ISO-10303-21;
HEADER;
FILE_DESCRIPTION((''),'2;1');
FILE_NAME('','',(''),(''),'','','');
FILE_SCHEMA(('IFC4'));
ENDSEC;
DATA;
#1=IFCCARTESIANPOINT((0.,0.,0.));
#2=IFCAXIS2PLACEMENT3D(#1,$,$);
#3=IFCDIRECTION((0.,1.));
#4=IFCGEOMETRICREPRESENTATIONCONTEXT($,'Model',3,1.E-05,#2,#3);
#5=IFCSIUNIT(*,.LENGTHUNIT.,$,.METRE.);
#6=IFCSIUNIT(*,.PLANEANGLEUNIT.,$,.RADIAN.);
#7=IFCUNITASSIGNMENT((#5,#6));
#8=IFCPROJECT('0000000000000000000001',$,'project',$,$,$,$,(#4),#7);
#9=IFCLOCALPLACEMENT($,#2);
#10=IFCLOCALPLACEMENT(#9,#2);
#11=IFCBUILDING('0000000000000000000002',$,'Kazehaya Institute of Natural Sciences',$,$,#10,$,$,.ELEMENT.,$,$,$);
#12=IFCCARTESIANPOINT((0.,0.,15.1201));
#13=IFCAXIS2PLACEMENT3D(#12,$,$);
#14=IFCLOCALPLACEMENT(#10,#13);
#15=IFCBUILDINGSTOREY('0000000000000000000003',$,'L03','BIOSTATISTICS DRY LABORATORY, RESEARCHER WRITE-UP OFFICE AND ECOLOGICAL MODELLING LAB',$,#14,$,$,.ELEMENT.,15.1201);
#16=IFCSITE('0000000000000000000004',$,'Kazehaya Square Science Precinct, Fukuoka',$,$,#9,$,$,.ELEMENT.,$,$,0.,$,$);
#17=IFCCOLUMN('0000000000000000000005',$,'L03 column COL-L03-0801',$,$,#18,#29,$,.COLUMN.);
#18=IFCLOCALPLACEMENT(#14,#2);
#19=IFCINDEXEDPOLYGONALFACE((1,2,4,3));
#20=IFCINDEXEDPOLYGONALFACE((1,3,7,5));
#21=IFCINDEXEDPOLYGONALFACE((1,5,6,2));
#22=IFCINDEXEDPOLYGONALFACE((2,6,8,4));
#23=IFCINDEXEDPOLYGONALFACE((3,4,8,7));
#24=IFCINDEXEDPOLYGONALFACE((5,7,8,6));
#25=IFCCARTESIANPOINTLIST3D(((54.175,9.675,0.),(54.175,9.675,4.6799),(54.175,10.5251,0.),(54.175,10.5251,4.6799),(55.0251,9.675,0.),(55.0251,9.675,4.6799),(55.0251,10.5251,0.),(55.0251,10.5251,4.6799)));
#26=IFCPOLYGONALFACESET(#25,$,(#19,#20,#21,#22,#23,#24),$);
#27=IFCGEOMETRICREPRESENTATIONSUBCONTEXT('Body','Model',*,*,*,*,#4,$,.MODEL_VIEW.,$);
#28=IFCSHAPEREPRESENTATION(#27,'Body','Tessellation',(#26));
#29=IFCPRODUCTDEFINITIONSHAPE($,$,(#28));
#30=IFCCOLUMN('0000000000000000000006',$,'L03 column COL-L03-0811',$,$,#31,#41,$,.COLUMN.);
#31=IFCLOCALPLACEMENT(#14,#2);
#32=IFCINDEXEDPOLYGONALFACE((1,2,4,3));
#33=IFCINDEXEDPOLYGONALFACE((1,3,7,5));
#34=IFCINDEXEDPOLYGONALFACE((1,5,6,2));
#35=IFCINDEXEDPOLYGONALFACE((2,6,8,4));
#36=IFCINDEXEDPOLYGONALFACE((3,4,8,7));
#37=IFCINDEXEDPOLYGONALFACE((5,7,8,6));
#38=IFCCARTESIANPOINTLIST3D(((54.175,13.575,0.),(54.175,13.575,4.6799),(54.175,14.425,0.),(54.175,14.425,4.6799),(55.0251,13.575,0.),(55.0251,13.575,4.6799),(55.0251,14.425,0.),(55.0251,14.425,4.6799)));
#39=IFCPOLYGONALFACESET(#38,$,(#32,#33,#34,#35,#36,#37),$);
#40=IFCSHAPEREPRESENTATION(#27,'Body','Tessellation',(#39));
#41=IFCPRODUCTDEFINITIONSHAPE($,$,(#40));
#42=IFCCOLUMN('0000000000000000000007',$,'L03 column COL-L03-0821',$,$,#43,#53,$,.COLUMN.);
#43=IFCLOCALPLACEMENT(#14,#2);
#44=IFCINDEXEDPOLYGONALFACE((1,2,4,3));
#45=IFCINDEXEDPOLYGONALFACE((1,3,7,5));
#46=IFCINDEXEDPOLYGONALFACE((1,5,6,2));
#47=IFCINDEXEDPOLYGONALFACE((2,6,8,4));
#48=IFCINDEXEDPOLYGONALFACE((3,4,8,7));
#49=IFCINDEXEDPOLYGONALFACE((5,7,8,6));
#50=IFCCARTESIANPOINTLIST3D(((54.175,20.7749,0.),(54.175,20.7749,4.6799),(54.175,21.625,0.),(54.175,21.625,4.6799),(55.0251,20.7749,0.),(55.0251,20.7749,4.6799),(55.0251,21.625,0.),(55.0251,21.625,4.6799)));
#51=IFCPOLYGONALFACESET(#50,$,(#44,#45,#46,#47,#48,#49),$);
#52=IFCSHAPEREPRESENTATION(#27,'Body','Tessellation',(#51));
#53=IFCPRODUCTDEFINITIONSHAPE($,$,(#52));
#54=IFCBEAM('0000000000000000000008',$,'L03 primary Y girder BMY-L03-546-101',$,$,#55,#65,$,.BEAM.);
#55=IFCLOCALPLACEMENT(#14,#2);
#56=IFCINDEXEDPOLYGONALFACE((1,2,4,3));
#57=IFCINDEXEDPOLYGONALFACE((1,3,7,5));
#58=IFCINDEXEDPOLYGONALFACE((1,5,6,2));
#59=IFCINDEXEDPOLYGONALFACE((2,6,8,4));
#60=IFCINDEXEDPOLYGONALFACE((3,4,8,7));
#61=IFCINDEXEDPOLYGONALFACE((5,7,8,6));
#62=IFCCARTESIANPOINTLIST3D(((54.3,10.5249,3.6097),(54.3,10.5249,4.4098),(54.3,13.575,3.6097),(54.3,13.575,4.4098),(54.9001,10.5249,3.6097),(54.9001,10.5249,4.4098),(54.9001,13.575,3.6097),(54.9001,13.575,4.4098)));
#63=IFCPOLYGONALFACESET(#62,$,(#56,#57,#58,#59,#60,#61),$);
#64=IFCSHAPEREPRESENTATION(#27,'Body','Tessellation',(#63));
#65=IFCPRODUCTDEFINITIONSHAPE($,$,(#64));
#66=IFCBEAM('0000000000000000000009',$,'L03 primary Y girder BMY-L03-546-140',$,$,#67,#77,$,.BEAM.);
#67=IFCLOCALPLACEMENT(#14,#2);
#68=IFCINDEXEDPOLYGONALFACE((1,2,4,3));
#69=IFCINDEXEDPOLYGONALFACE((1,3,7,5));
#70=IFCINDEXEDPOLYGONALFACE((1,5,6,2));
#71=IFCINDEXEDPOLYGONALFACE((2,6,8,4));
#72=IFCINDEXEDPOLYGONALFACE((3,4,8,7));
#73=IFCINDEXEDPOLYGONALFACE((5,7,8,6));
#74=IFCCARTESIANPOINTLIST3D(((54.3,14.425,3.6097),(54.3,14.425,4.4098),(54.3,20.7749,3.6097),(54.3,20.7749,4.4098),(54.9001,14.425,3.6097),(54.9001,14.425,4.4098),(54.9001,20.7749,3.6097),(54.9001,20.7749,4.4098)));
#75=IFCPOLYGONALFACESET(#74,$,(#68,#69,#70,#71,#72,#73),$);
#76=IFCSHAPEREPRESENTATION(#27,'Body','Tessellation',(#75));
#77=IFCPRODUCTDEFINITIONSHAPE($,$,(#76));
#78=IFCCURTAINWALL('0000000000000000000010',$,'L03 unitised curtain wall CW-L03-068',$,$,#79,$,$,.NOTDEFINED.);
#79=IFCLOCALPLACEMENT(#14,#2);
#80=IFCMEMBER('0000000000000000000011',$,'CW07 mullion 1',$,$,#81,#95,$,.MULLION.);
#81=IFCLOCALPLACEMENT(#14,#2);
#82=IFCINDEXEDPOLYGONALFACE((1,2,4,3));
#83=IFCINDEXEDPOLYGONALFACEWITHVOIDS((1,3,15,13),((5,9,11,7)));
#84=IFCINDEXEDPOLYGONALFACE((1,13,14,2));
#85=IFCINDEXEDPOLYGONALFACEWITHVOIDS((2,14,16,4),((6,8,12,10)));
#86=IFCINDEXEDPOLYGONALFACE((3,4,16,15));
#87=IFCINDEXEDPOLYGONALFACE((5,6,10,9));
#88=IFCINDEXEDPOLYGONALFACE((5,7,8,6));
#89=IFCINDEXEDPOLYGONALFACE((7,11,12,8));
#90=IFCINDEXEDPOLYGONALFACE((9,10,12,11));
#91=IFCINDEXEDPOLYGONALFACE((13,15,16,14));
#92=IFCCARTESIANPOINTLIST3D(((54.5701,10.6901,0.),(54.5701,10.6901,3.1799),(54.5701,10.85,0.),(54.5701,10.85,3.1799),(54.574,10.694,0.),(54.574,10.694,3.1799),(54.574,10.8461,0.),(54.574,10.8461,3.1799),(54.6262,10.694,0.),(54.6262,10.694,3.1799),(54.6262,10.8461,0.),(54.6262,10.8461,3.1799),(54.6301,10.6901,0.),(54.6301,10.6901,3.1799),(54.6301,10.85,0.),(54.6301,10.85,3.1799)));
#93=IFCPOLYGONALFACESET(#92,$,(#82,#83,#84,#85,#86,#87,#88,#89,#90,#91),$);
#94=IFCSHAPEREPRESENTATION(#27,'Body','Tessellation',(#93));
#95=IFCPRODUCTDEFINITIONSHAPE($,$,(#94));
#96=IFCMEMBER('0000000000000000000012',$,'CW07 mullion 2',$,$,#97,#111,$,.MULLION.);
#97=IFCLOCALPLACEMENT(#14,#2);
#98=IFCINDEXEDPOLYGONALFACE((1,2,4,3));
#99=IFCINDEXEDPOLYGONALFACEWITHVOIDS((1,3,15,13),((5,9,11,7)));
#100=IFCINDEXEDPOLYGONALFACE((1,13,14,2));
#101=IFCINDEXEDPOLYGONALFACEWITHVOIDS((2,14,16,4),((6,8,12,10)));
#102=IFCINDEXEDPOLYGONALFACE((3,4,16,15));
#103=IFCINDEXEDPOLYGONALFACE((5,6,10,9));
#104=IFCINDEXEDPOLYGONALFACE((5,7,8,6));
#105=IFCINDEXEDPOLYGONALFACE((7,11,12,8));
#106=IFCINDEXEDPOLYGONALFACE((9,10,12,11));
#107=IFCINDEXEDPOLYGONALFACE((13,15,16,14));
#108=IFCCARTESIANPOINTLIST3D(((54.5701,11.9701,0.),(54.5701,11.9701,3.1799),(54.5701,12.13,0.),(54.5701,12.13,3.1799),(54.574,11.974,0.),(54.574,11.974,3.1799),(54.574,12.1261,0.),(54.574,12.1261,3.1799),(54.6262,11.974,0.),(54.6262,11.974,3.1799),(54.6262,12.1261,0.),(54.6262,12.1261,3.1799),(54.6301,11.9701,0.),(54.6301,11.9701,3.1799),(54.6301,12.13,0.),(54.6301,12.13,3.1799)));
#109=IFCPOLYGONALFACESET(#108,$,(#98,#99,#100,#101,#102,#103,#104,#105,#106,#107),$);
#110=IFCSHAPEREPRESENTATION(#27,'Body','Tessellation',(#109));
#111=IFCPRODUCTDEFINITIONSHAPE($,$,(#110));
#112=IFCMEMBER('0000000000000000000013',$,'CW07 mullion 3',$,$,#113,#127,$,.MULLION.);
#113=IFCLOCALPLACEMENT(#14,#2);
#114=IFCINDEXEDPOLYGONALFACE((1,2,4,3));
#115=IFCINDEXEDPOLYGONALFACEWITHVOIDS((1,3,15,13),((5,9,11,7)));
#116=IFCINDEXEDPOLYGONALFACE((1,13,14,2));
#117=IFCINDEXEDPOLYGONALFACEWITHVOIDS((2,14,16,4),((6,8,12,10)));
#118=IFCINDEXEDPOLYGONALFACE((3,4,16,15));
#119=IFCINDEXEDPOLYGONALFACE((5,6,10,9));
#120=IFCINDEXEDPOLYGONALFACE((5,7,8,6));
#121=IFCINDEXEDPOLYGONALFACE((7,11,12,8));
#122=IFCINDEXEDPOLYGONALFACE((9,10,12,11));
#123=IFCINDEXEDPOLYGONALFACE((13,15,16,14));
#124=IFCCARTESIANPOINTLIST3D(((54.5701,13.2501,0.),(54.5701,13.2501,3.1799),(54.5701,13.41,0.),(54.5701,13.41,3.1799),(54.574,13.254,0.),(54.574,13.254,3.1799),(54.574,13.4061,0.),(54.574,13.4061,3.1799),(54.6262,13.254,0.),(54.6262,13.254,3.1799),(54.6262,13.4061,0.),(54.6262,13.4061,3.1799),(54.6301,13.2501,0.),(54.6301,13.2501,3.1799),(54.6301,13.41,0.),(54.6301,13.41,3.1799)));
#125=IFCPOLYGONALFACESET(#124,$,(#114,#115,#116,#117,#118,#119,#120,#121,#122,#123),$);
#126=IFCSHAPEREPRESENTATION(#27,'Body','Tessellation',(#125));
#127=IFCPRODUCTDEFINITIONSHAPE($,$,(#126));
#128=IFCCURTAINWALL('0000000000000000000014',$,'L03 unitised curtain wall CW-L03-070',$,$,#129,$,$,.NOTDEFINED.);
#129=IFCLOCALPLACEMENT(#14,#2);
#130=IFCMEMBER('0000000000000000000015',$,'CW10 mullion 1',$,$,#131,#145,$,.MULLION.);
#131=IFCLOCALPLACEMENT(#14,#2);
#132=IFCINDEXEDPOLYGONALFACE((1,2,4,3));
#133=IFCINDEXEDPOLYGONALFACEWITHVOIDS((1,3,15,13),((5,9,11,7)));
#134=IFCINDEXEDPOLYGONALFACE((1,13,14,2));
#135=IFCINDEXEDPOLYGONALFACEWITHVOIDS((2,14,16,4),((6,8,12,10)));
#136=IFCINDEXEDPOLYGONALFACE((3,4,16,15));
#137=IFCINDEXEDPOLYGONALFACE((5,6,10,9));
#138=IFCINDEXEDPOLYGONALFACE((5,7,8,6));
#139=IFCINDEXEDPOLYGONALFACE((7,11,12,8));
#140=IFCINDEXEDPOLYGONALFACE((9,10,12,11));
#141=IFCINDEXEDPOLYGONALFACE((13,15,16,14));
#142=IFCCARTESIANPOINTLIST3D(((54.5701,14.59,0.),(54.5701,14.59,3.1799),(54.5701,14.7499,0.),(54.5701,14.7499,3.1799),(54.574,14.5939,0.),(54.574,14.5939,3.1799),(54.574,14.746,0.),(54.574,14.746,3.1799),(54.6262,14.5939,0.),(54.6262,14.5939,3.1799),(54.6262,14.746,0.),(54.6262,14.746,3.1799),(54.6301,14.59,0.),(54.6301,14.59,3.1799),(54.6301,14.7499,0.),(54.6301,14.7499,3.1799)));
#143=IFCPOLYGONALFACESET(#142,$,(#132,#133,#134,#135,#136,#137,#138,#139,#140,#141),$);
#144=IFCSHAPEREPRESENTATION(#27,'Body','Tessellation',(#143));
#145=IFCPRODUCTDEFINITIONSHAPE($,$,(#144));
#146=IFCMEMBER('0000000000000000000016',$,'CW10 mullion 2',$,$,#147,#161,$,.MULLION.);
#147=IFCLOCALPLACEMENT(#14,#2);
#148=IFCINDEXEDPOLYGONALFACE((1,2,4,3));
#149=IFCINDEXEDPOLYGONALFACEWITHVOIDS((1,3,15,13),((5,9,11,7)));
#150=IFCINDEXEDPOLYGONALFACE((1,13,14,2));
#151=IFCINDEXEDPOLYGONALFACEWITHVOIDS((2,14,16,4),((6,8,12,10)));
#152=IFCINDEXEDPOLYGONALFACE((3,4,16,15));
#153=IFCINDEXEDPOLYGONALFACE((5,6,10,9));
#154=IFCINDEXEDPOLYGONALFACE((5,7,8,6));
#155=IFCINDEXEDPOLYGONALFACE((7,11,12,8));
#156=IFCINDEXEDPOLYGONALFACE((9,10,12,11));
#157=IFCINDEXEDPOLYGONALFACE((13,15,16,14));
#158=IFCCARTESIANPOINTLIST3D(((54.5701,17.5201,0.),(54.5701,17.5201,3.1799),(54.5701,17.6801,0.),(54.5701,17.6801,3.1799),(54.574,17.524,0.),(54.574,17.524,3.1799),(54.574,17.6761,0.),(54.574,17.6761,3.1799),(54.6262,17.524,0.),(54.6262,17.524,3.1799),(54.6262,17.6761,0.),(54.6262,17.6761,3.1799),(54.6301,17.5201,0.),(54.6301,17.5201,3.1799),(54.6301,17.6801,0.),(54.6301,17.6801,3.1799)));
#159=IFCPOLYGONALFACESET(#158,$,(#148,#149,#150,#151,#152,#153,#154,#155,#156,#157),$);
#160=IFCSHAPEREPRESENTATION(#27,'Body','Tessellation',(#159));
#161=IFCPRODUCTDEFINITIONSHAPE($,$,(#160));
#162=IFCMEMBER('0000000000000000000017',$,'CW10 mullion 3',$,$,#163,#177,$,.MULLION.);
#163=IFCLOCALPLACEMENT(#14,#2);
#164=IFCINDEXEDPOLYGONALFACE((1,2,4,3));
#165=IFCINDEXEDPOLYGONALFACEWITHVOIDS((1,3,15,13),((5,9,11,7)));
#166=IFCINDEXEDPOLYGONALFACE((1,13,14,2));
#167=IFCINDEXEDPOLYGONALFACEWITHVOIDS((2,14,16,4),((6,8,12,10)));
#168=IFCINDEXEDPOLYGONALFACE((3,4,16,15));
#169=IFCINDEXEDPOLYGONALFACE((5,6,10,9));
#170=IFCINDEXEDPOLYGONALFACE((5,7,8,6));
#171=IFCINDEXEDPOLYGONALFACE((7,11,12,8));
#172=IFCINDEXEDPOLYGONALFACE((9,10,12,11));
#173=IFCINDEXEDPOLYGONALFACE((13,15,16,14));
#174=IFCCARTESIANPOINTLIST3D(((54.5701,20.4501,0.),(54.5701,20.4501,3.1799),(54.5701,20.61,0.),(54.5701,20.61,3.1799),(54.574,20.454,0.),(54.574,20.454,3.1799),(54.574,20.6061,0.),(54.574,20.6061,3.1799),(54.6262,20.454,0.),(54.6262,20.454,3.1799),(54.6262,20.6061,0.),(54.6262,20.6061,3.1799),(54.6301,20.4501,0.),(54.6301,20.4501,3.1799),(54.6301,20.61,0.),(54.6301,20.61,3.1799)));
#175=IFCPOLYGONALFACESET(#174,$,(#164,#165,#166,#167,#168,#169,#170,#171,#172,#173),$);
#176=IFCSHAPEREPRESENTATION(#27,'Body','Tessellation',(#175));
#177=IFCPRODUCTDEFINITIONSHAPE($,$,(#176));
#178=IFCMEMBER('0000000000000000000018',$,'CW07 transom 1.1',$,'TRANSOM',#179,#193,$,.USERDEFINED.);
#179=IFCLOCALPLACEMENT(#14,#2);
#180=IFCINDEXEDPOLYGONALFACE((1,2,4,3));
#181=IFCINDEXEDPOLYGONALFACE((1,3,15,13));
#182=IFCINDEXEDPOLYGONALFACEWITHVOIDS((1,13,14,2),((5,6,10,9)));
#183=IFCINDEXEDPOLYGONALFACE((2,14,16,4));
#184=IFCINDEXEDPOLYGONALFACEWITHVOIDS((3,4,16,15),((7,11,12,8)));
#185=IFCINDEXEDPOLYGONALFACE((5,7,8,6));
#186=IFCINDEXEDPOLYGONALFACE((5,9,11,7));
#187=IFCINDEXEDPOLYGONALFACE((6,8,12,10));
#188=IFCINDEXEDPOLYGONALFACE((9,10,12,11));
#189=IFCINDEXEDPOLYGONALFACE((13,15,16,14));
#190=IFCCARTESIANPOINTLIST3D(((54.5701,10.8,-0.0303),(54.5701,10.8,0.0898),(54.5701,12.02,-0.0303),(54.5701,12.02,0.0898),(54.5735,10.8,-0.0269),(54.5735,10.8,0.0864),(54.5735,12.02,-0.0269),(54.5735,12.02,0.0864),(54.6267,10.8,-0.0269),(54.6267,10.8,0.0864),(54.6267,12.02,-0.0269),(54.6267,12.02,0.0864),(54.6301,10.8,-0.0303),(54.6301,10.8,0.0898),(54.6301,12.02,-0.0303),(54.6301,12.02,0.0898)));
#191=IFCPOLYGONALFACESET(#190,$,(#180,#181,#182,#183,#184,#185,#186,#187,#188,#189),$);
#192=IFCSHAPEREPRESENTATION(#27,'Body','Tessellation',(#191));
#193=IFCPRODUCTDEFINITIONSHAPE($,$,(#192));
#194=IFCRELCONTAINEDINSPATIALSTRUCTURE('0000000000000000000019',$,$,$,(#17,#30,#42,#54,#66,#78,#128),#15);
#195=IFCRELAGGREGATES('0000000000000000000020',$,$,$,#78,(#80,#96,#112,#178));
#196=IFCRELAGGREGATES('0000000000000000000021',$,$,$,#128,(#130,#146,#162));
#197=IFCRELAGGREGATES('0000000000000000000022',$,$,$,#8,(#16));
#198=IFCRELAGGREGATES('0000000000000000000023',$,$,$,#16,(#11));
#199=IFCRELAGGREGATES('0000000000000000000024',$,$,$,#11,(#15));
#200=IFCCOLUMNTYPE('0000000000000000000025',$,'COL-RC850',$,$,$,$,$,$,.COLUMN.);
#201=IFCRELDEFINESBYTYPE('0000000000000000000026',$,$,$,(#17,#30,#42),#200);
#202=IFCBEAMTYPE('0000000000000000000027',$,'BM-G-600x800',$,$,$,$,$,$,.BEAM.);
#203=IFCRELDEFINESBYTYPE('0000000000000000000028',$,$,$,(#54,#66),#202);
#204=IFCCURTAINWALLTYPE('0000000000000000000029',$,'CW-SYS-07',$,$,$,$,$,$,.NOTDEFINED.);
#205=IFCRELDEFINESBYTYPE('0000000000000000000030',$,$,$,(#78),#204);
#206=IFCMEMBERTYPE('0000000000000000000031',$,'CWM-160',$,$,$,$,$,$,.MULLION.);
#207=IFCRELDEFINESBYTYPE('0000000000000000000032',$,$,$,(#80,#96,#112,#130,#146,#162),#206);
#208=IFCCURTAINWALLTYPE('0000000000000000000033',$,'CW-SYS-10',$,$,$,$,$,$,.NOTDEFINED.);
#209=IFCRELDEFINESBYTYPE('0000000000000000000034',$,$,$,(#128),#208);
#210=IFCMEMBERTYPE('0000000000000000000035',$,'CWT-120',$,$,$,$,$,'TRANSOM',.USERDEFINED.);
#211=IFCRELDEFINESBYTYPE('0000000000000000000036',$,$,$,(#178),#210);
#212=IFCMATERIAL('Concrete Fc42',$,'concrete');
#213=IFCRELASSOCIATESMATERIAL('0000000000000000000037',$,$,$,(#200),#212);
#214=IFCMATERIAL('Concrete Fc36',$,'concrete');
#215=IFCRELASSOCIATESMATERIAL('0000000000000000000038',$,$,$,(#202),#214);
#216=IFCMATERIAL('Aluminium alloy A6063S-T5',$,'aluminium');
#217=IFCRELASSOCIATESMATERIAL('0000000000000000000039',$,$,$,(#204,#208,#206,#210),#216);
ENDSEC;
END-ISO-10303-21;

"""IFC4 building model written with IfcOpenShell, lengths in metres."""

from ifc_helpers import new_model, si_unit, direction, frame, origin, origin_2d, place, context, subcontext, project, spatial, rectangle, hollow_rectangle, extrude, material, material_profile, profile_set, type_object, element, aggregate, save


model = new_model("IFC4")

# Units and contexts
model_context = context("Model", 3, precision=1e-05, world=origin(), true_north=direction((0.0, 1.0)))
body_context = subcontext(model_context, "Body", "Model", "MODEL_VIEW")
ifc_project = project(units=[si_unit("LENGTHUNIT", "METRE"), si_unit("PLANEANGLEUNIT", "RADIAN")], contexts=[model_context])

# Site, building, storey
site_placement = place(None, origin())
site = spatial("IfcSite", under=ifc_project, at=site_placement, Name="Kazehaya Square Science Precinct, Fukuoka", CompositionType="ELEMENT", RefElevation=0.0)
building_placement = place(site_placement, origin())
building = spatial("IfcBuilding", under=site, at=building_placement, Name="Kazehaya Institute of Natural Sciences", CompositionType="ELEMENT")
storey_placement = place(building_placement, frame((0.0, 0.0, 15.1201)))
storey = spatial("IfcBuildingStorey", under=building, at=storey_placement, Name="L03", Description="BIOSTATISTICS DRY LABORATORY, RESEARCHER WRITE-UP OFFICE AND ECOLOGICAL MODELLING LAB", CompositionType="ELEMENT", Elevation=15.1201)

# Columns
ifc_material_1 = material(Name="Concrete Fc42", Category="concrete")
ifc_material_profile_1 = material_profile(ifc_material_1, rectangle(XDim=0.8501, YDim=0.8501, at=origin_2d()), Name="RC-850x850")
ifc_profile_set_1 = profile_set([ifc_material_profile_1], Name="Concrete Fc42")
column_type = type_object("IfcColumnType", Name="COL-RC850", PredefinedType="COLUMN", material=ifc_profile_set_1)
for number, where, z_axis, x_axis, name in (
    (1, (54.6001, 10.1001, 0.0), (0.0, 0.0, 1.0), (1.0, 0.0, 0.0), "L03 column COL-L03-0801"),
    (2, (54.6001, 14.0, 0.0), (0.0, 0.0, 1.0), (1.0, 0.0, 0.0), "L03 column COL-L03-0811"),
    (3, (54.6001, 21.2, 0.0), (0.0, 0.0, 1.0), (1.0, 0.0, 0.0), "L03 column COL-L03-0821"),
):
    element("IfcColumn", number, at=place(storey_placement, frame(where, z_axis=z_axis, x_axis=x_axis)), inside=storey, type_object=column_type, Name=name, PredefinedType="COLUMN", context=body_context, shape_type="SweptSolid", body=[
        extrude(rectangle(XDim=0.8501, YDim=0.8501, at=origin_2d()), origin(), (0.0, 0.0, 1.0), 4.6799),
    ])

# Beams
ifc_material_2 = material(Name="Concrete Fc36", Category="concrete")
ifc_material_profile_2 = material_profile(ifc_material_2, rectangle(XDim=0.6001, YDim=0.8, at=origin_2d()), Name="RC-600x800")
ifc_profile_set_2 = profile_set([ifc_material_profile_2], Name="Concrete Fc36")
beam_type = type_object("IfcBeamType", Name="BM-G-600x800", PredefinedType="BEAM", material=ifc_profile_set_2)
beam_1_placement = place(storey_placement, frame((54.6001, 10.5249, 4.0098), z_axis=(0.0, 1.0, 0.0), x_axis=(-1.0, 0.0, 0.0)))
element("IfcBeam", 4, at=beam_1_placement, inside=storey, type_object=beam_type, Name="L03 primary Y girder BMY-L03-546-101", PredefinedType="BEAM", context=body_context, shape_type="SweptSolid", body=[
    extrude(rectangle(XDim=0.6001, YDim=0.8, at=origin_2d()), origin(), (0.0, 0.0, 1.0), 3.05),
])
beam_2_placement = place(storey_placement, frame((54.6001, 14.425, 4.0098), z_axis=(0.0, 1.0, 0.0), x_axis=(-1.0, 0.0, 0.0)))
element("IfcBeam", 5, at=beam_2_placement, inside=storey, type_object=beam_type, Name="L03 primary Y girder BMY-L03-546-140", PredefinedType="BEAM", context=body_context, shape_type="SweptSolid", body=[
    extrude(rectangle(XDim=0.6001, YDim=0.8, at=origin_2d()), origin(), (0.0, 0.0, 1.0), 6.3499),
])

# Curtain walls, members
ifc_material_3 = material(Name="Aluminium alloy A6063S-T5", Category="aluminium")
curtain_wall_type_1 = type_object("IfcCurtainWallType", Name="CW-SYS-07", PredefinedType="NOTDEFINED", material=ifc_material_3)
curtain_wall_1_placement = place(storey_placement, origin())
curtain_wall_1 = element("IfcCurtainWall", 6, at=curtain_wall_1_placement, inside=storey, type_object=curtain_wall_type_1, Name="L03 unitised curtain wall CW-L03-068", PredefinedType="NOTDEFINED")
ifc_material_profile_3 = material_profile(ifc_material_3, hollow_rectangle(XDim=0.0601, YDim=0.1599, WallThickness=0.0039, at=origin_2d()), Name="ALU-60x160x4")
ifc_profile_set_3 = profile_set([ifc_material_profile_3], Name="Aluminium alloy A6063S-T5")
member_type_1 = type_object("IfcMemberType", Name="CWM-160", PredefinedType="MULLION", material=ifc_profile_set_3)
member_1_placement = place(storey_placement, frame((54.6001, 10.77, 0.0), z_axis=(0.0, 0.0, 1.0), x_axis=(-1.0, 0.0, 0.0)))
member_1 = element("IfcMember", 7, at=member_1_placement, type_object=member_type_1, Name="CW07 mullion 1", PredefinedType="MULLION", context=body_context, shape_type="SweptSolid", body=[
    extrude(hollow_rectangle(XDim=0.0601, YDim=0.1599, WallThickness=0.0039, at=origin_2d()), origin(), (0.0, 0.0, 1.0), 3.1799),
])
member_2_placement = place(storey_placement, frame((54.6001, 12.05, 0.0), z_axis=(0.0, 0.0, 1.0), x_axis=(-1.0, 0.0, 0.0)))
member_2 = element("IfcMember", 8, at=member_2_placement, type_object=member_type_1, Name="CW07 mullion 2", PredefinedType="MULLION", context=body_context, shape_type="SweptSolid", body=[
    extrude(hollow_rectangle(XDim=0.0601, YDim=0.1599, WallThickness=0.0039, at=origin_2d()), origin(), (0.0, 0.0, 1.0), 3.1799),
])
member_3_placement = place(storey_placement, frame((54.6001, 13.3301, 0.0), z_axis=(0.0, 0.0, 1.0), x_axis=(-1.0, 0.0, 0.0)))
member_3 = element("IfcMember", 9, at=member_3_placement, type_object=member_type_1, Name="CW07 mullion 3", PredefinedType="MULLION", context=body_context, shape_type="SweptSolid", body=[
    extrude(hollow_rectangle(XDim=0.0601, YDim=0.1599, WallThickness=0.0039, at=origin_2d()), origin(), (0.0, 0.0, 1.0), 3.1799),
])
curtain_wall_type_2 = type_object("IfcCurtainWallType", Name="CW-SYS-10", PredefinedType="NOTDEFINED", material=ifc_material_3)
curtain_wall_2_placement = place(storey_placement, origin())
curtain_wall_2 = element("IfcCurtainWall", 10, at=curtain_wall_2_placement, inside=storey, type_object=curtain_wall_type_2, Name="L03 unitised curtain wall CW-L03-070", PredefinedType="NOTDEFINED")
member_4_placement = place(storey_placement, frame((54.6001, 14.6699, 0.0), z_axis=(0.0, 0.0, 1.0), x_axis=(-1.0, 0.0, 0.0)))
member_4 = element("IfcMember", 11, at=member_4_placement, type_object=member_type_1, Name="CW10 mullion 1", PredefinedType="MULLION", context=body_context, shape_type="SweptSolid", body=[
    extrude(hollow_rectangle(XDim=0.0601, YDim=0.1599, WallThickness=0.0039, at=origin_2d()), origin(), (0.0, 0.0, 1.0), 3.1799),
])
member_5_placement = place(storey_placement, frame((54.6001, 17.6001, 0.0), z_axis=(0.0, 0.0, 1.0), x_axis=(-1.0, 0.0, 0.0)))
member_5 = element("IfcMember", 12, at=member_5_placement, type_object=member_type_1, Name="CW10 mullion 2", PredefinedType="MULLION", context=body_context, shape_type="SweptSolid", body=[
    extrude(hollow_rectangle(XDim=0.0601, YDim=0.1599, WallThickness=0.0039, at=origin_2d()), origin(), (0.0, 0.0, 1.0), 3.1799),
])
member_6_placement = place(storey_placement, frame((54.6001, 20.53, 0.0), z_axis=(0.0, 0.0, 1.0), x_axis=(-1.0, 0.0, 0.0)))
member_6 = element("IfcMember", 13, at=member_6_placement, type_object=member_type_1, Name="CW10 mullion 3", PredefinedType="MULLION", context=body_context, shape_type="SweptSolid", body=[
    extrude(hollow_rectangle(XDim=0.0601, YDim=0.1599, WallThickness=0.0039, at=origin_2d()), origin(), (0.0, 0.0, 1.0), 3.1799),
])

# Member
ifc_material_profile_4 = material_profile(ifc_material_3, hollow_rectangle(XDim=0.0601, YDim=0.1201, WallThickness=0.0034, at=origin_2d()), Name="ALU-60x120x3.5")
ifc_profile_set_4 = profile_set([ifc_material_profile_4], Name="Aluminium alloy A6063S-T5")
member_type_2 = type_object("IfcMemberType", Name="CWT-120", ElementType="TRANSOM", PredefinedType="USERDEFINED", material=ifc_profile_set_4)
member_7_placement = place(storey_placement, frame((54.6001, 10.8, 0.0298), z_axis=(0.0, 1.0, 0.0), x_axis=(-1.0, 0.0, 0.0)))
member_7 = element("IfcMember", 14, at=member_7_placement, type_object=member_type_2, Name="CW07 transom 1.1", ObjectType="TRANSOM", PredefinedType="USERDEFINED", context=body_context, shape_type="SweptSolid", body=[
    extrude(hollow_rectangle(XDim=0.0601, YDim=0.1201, WallThickness=0.0034, at=origin_2d()), origin(), (0.0, 0.0, 1.0), 1.22),
])

aggregate(curtain_wall_1, [member_1, member_2, member_3, member_7])
aggregate(curtain_wall_2, [member_4, member_5, member_6])

save(model, "model.ifc")
